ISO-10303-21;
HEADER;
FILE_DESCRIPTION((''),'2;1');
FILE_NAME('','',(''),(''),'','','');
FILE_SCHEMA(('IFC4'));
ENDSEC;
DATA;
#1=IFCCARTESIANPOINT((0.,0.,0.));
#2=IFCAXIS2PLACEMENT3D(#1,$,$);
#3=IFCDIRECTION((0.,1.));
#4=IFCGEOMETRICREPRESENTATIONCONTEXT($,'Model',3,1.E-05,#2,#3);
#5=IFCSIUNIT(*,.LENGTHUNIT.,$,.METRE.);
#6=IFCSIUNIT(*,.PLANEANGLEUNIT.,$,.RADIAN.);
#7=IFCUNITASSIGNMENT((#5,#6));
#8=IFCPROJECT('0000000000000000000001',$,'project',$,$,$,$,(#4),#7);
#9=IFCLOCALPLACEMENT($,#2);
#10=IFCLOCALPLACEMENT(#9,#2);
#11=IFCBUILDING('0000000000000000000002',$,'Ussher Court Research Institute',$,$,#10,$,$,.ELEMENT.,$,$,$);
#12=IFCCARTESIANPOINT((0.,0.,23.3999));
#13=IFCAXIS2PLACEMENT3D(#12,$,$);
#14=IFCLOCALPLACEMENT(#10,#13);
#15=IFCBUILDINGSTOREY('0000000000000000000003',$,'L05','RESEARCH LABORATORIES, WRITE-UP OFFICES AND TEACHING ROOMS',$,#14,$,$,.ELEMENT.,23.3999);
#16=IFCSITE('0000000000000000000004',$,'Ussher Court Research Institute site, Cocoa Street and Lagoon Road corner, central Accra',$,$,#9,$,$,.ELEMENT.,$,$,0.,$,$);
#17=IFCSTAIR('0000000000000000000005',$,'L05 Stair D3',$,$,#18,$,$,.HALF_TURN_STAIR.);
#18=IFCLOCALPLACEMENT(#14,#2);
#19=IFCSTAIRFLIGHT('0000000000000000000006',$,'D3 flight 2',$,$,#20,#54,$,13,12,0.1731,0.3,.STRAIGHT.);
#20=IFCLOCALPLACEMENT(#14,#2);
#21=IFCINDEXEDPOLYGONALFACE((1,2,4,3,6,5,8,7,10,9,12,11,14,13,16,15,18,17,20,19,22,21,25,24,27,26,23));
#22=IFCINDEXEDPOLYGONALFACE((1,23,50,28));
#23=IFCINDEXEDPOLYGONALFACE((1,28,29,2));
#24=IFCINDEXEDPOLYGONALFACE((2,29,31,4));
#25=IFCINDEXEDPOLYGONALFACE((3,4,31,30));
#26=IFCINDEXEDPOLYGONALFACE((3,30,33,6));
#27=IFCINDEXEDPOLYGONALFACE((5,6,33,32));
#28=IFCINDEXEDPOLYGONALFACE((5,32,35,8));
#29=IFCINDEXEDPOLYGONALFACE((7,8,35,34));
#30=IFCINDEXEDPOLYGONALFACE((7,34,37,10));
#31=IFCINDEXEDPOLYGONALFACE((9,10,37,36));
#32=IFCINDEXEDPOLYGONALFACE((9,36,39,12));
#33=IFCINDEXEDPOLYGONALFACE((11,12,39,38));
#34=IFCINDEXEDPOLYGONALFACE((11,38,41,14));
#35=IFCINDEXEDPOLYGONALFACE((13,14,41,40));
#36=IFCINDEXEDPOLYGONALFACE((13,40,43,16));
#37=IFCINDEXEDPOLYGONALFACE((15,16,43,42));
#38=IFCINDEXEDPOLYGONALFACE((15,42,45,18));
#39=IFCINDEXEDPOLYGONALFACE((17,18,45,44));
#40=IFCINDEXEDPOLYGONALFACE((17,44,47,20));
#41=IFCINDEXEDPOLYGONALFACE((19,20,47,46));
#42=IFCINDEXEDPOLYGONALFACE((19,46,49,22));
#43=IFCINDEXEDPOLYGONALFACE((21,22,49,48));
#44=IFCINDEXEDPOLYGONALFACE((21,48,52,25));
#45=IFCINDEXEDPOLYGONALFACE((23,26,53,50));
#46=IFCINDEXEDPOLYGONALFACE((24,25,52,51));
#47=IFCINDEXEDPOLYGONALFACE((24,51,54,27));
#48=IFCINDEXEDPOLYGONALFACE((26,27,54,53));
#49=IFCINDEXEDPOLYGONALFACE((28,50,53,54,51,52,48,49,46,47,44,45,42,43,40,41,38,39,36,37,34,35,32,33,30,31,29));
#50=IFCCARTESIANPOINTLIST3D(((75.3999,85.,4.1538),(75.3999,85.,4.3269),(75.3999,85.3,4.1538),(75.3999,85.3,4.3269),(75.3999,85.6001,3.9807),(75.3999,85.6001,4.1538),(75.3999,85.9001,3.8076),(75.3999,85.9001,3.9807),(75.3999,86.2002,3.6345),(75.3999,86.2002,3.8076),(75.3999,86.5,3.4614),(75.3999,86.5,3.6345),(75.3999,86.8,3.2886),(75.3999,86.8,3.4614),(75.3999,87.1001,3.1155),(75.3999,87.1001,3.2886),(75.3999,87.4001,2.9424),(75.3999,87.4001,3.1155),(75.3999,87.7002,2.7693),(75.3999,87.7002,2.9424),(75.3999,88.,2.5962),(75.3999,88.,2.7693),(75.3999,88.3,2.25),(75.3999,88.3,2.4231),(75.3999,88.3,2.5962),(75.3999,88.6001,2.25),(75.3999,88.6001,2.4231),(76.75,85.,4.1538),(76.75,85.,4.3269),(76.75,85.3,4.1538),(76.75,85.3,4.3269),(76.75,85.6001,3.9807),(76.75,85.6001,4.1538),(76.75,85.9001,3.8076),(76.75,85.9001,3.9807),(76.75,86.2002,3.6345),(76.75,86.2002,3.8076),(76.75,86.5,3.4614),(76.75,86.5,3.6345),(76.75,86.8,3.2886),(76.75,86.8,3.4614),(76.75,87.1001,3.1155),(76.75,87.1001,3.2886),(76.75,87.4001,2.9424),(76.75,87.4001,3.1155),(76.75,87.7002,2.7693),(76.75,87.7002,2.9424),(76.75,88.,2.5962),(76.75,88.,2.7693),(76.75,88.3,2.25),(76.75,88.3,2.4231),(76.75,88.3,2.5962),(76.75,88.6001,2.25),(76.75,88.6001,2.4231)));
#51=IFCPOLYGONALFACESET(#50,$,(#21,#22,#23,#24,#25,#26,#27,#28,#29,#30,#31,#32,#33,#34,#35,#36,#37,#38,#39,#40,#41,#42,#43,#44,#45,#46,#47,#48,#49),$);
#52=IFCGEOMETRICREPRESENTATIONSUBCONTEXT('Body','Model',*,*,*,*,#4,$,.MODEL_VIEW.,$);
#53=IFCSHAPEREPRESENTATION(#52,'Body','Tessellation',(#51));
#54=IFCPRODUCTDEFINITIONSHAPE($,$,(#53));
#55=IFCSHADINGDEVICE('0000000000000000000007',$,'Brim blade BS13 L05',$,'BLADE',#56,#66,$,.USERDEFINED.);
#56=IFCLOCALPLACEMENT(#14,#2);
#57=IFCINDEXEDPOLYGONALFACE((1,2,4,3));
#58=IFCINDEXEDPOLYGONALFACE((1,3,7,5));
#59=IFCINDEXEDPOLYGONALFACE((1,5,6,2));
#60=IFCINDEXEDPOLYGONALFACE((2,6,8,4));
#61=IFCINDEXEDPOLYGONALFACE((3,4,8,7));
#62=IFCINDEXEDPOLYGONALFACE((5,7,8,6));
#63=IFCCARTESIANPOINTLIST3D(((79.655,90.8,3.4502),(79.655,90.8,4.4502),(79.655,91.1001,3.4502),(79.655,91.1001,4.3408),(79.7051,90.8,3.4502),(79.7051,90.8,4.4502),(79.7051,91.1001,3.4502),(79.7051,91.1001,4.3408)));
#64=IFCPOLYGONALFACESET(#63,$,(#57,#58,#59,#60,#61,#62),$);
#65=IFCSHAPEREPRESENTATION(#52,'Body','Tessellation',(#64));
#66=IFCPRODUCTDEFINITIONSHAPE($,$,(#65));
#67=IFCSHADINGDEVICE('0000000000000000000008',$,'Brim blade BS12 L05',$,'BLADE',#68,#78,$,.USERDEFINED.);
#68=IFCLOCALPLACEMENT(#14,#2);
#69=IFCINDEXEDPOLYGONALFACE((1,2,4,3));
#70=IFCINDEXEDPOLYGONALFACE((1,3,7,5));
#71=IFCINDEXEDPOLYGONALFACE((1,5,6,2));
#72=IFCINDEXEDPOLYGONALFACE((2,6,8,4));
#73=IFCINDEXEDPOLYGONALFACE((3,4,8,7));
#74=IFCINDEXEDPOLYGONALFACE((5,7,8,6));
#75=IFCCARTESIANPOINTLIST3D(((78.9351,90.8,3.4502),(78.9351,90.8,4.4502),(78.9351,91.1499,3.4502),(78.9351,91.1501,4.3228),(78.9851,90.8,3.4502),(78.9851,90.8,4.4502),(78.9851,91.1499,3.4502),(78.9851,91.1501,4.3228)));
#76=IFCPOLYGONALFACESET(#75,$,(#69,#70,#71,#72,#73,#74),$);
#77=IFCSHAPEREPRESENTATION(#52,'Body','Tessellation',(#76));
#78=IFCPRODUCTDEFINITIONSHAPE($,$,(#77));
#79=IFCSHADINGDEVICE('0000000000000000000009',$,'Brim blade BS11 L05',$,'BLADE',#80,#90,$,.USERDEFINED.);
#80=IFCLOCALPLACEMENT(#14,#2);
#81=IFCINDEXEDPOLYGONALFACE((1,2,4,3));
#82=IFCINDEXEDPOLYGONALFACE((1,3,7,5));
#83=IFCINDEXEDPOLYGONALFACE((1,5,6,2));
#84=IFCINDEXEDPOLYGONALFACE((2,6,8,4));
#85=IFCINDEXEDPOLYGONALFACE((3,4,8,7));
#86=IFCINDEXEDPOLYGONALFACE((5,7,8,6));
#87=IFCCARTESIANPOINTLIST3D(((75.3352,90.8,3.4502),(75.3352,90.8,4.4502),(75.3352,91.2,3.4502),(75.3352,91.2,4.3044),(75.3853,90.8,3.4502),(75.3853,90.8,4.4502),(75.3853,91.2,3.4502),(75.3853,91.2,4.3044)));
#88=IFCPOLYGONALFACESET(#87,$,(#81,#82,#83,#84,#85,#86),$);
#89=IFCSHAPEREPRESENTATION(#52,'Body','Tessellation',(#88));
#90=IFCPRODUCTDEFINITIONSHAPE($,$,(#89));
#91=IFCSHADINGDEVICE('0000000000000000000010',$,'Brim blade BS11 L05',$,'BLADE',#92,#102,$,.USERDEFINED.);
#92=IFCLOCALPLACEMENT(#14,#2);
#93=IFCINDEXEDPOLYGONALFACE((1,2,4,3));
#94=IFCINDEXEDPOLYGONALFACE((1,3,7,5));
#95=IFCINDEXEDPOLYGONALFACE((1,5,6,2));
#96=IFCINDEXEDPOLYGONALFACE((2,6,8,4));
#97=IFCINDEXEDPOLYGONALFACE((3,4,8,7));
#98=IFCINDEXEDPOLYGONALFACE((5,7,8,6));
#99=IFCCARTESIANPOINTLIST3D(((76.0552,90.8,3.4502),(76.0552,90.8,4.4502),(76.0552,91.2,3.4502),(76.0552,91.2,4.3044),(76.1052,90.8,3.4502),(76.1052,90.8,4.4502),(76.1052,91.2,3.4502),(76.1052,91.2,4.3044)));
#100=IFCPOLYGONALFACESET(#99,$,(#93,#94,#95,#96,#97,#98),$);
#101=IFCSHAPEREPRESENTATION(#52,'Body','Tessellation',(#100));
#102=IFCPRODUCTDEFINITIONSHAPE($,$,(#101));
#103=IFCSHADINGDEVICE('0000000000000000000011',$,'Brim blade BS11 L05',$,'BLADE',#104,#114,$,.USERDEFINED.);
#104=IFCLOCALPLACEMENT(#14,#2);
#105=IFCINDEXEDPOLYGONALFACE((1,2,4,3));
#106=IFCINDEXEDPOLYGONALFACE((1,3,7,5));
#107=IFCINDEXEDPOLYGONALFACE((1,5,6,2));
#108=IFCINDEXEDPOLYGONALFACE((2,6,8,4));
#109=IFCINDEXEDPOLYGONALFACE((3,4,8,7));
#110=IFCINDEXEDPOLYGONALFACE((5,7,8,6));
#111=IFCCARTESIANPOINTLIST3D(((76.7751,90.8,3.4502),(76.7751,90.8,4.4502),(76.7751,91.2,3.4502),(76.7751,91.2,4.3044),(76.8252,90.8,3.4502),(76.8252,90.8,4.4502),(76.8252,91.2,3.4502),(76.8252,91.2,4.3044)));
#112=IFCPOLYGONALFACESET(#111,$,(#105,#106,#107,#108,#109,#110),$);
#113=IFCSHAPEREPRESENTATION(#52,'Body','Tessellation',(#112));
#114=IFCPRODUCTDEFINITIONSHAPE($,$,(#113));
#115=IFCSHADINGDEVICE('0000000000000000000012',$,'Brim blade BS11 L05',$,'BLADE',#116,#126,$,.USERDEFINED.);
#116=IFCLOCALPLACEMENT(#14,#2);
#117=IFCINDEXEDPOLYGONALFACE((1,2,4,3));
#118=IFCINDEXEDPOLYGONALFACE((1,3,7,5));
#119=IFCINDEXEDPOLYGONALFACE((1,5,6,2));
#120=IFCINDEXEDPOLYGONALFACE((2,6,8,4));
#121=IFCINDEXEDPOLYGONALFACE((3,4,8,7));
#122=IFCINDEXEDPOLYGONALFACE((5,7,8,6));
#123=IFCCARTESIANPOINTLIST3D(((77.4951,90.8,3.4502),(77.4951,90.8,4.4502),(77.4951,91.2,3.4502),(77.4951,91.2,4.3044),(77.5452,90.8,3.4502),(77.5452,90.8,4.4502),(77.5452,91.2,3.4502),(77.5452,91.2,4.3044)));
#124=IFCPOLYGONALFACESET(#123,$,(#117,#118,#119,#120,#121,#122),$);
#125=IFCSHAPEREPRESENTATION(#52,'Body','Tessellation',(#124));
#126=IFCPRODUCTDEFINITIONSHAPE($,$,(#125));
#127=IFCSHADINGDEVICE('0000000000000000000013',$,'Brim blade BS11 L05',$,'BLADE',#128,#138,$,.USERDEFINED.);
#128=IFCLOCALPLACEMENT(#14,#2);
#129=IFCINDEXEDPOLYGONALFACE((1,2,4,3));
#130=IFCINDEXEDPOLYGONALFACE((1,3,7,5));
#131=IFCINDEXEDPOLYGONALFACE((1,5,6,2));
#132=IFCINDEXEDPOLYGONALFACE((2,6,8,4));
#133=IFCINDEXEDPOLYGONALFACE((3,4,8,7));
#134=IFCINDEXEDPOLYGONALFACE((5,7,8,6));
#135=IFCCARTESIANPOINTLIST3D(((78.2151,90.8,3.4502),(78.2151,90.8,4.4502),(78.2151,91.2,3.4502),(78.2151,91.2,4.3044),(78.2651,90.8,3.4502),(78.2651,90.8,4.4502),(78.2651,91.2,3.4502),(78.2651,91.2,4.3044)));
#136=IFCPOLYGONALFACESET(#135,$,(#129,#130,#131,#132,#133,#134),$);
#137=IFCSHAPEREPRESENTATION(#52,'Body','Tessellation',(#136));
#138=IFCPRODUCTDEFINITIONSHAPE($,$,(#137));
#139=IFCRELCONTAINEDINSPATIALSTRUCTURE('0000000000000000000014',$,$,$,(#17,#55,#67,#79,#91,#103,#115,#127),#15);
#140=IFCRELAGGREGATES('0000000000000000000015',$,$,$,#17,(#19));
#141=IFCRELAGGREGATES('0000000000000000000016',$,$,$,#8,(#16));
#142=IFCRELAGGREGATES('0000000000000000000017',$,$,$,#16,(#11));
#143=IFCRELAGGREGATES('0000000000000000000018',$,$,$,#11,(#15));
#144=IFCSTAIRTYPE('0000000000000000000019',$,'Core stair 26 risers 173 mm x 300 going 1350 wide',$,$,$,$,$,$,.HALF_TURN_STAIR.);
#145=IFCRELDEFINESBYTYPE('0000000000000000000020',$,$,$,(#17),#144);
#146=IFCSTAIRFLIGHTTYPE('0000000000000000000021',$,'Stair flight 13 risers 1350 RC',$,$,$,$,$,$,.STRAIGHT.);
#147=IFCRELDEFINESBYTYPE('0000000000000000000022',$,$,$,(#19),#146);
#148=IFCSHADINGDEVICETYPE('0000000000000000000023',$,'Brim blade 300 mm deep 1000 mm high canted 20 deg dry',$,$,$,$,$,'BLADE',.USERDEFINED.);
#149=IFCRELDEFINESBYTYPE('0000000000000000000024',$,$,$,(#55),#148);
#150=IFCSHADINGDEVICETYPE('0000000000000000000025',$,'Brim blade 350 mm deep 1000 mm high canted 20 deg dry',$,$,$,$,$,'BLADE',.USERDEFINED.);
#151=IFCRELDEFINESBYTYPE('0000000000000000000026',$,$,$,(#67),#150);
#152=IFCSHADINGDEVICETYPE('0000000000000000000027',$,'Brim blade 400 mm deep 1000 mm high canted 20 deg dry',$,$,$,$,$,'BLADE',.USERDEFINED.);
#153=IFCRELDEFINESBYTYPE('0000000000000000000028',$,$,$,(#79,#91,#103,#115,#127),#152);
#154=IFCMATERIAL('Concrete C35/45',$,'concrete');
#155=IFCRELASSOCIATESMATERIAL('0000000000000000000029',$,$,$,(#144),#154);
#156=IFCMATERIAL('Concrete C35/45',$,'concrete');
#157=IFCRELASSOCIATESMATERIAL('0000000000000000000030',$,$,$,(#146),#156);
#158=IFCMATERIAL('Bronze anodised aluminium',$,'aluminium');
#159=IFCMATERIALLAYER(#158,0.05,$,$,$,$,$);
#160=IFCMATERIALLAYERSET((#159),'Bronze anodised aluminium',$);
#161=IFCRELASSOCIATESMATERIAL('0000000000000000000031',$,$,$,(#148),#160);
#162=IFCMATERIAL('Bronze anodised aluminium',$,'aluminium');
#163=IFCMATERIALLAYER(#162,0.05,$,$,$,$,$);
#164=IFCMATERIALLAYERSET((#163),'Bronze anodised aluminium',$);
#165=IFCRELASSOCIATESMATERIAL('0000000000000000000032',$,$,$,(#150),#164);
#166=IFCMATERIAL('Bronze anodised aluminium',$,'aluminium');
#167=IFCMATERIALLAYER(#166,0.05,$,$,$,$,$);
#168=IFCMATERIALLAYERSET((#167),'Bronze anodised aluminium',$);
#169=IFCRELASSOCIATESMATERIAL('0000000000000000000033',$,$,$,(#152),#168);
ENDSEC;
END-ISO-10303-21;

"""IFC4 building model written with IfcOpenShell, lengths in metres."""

from ifc_helpers import new_model, si_unit, direction, frame, origin, place, context, subcontext, project, spatial, polyline, outline, extrude, material, layer, layer_set, type_object, element, aggregate, save


model = new_model("IFC4")

# Units and contexts
model_context = context("Model", 3, precision=1e-05, world=origin(), true_north=direction((0.0, 1.0)))
body_context = subcontext(model_context, "Body", "Model", "MODEL_VIEW")
ifc_project = project(units=[si_unit("LENGTHUNIT", "METRE"), si_unit("PLANEANGLEUNIT", "RADIAN")], contexts=[model_context])

# Site, building, storey
site_placement = place(None, origin())
site = spatial("IfcSite", under=ifc_project, at=site_placement, Name="Ussher Court Research Institute site, Cocoa Street and Lagoon Road corner, central Accra", CompositionType="ELEMENT", RefElevation=0.0)
building_placement = place(site_placement, origin())
building = spatial("IfcBuilding", under=site, at=building_placement, Name="Ussher Court Research Institute", CompositionType="ELEMENT")
storey_placement = place(building_placement, frame((0.0, 0.0, 23.3999)))
storey = spatial("IfcBuildingStorey", under=building, at=storey_placement, Name="L05", Description="RESEARCH LABORATORIES, WRITE-UP OFFICES AND TEACHING ROOMS", CompositionType="ELEMENT", Elevation=23.3999)

# Stair, stair flight
ifc_material_1 = material(Name="Concrete C35/45", Category="concrete")
stair_type = type_object("IfcStairType", Name="Core stair 26 risers 173 mm x 300 going 1350 wide", PredefinedType="HALF_TURN_STAIR", material=ifc_material_1)
stair_placement = place(storey_placement, origin())
stair = element("IfcStair", 1, at=stair_placement, inside=storey, type_object=stair_type, Name="L05 Stair D3", PredefinedType="HALF_TURN_STAIR")
ifc_material_2 = material(Name="Concrete C35/45", Category="concrete")
stair_flight_type = type_object("IfcStairFlightType", Name="Stair flight 13 risers 1350 RC", PredefinedType="STRAIGHT", material=ifc_material_2)
stair_flight_1_placement = place(storey_placement, frame((76.075, 88.6001, 2.25), z_axis=(0.0, 0.0, 1.0), x_axis=(0.0, -1.0, 0.0)))
stair_flight_1 = element("IfcStairFlight", 2, at=stair_flight_1_placement, type_object=stair_flight_type, Name="D3 flight 2", NumberOfRisers=13, NumberOfTreads=12, PredefinedType="STRAIGHT", RiserHeight=0.1731, TreadLength=0.3, context=body_context, shape_type="SweptSolid", body=[
    extrude(outline(polyline([(0.0, 0.0), (0.0, 0.1731), (0.3, 0.1731), (0.3, 0.3462), (0.6001, 0.3462), (0.6001, 0.5193), (0.8999, 0.5193), (0.8999, 0.6924), (1.2, 0.6924), (1.2, 0.8655), (1.5, 0.8655), (1.5, 1.0386), (1.8, 1.0386), (1.8, 1.2114), (2.1001, 1.2114), (2.1001, 1.3845), (2.3999, 1.3845), (2.3999, 1.5576), (2.7, 1.5576), (2.7, 1.7307), (3.0, 1.7307), (3.0, 1.9038), (3.3, 1.9038), (3.3, 2.0769), (3.6001, 2.0769), (3.6001, 2.25), (3.6001, 1.9038), (0.3, 0.0), (0.0, 0.0)])), frame((0.0, 0.675, 0.0), z_axis=(0.0, -1.0, 0.0), x_axis=(1.0, 0.0, 0.0)), (0.0, 0.0, 1.0), 1.3501),
])
aggregate(stair, [stair_flight_1])

# Shading devices
ifc_material_3 = material(Name="Bronze anodised aluminium", Category="aluminium")
ifc_layer_1 = layer(ifc_material_3, 0.05)
ifc_layer_set_1 = layer_set([ifc_layer_1], Name="Bronze anodised aluminium")
shading_device_type_1 = type_object("IfcShadingDeviceType", Name="Brim blade 300 mm deep 1000 mm high canted 20 deg dry", ElementType="BLADE", PredefinedType="USERDEFINED", material=ifc_layer_set_1)
shading_device_1_placement = place(storey_placement, frame((79.6799, 90.8, 3.4502), z_axis=(0.0, 0.0, 1.0), x_axis=(0.0, 1.0, 0.0)))
element("IfcShadingDevice", 3, at=shading_device_1_placement, inside=storey, type_object=shading_device_type_1, Name="Brim blade BS13 L05", ObjectType="BLADE", PredefinedType="USERDEFINED", context=body_context, shape_type="SweptSolid", body=[
    extrude(outline(polyline([(0.0, 0.0), (0.3, 0.0), (0.3, 0.8906), (0.0, 1.0), (0.0, 0.0)])), frame((0.0, 0.0249, 0.0), z_axis=(0.0, -1.0, 0.0), x_axis=(1.0, 0.0, 0.0)), (0.0, 0.0, 1.0), 0.05),
])
ifc_material_4 = material(Name="Bronze anodised aluminium", Category="aluminium")
ifc_layer_2 = layer(ifc_material_4, 0.05)
ifc_layer_set_2 = layer_set([ifc_layer_2], Name="Bronze anodised aluminium")
shading_device_type_2 = type_object("IfcShadingDeviceType", Name="Brim blade 350 mm deep 1000 mm high canted 20 deg dry", ElementType="BLADE", PredefinedType="USERDEFINED", material=ifc_layer_set_2)
shading_device_2_placement = place(storey_placement, frame((78.96, 90.8, 3.4502), z_axis=(0.0, 0.0, 1.0), x_axis=(0.0, 1.0, 0.0)))
element("IfcShadingDevice", 4, at=shading_device_2_placement, inside=storey, type_object=shading_device_type_2, Name="Brim blade BS12 L05", ObjectType="BLADE", PredefinedType="USERDEFINED", context=body_context, shape_type="SweptSolid", body=[
    extrude(outline(polyline([(0.0, 0.0), (0.3499, 0.0), (0.3501, 0.8726), (0.0, 1.0), (0.0, 0.0)])), frame((0.0, 0.0249, 0.0), z_axis=(0.0, -1.0, 0.0), x_axis=(1.0, 0.0, 0.0)), (0.0, 0.0, 1.0), 0.05),
])
ifc_material_5 = material(Name="Bronze anodised aluminium", Category="aluminium")
ifc_layer_3 = layer(ifc_material_5, 0.05)
ifc_layer_set_3 = layer_set([ifc_layer_3], Name="Bronze anodised aluminium")
shading_device_type_3 = type_object("IfcShadingDeviceType", Name="Brim blade 400 mm deep 1000 mm high canted 20 deg dry", ElementType="BLADE", PredefinedType="USERDEFINED", material=ifc_layer_set_3)
for number, where, z_axis, x_axis, name in (
    (5, (75.3601, 90.8, 3.4502), (0.0, 0.0, 1.0), (0.0, 1.0, 0.0), "Brim blade BS11 L05"),
    (6, (76.0801, 90.8, 3.4502), (0.0, 0.0, 1.0), (0.0, 1.0, 0.0), "Brim blade BS11 L05"),
    (7, (76.8, 90.8, 3.4502), (0.0, 0.0, 1.0), (0.0, 1.0, 0.0), "Brim blade BS11 L05"),
    (8, (77.52, 90.8, 3.4502), (0.0, 0.0, 1.0), (0.0, 1.0, 0.0), "Brim blade BS11 L05"),
    (9, (78.24, 90.8, 3.4502), (0.0, 0.0, 1.0), (0.0, 1.0, 0.0), "Brim blade BS11 L05"),
):
    element("IfcShadingDevice", number, at=place(storey_placement, frame(where, z_axis=z_axis, x_axis=x_axis)), inside=storey, type_object=shading_device_type_3, Name=name, ObjectType="BLADE", PredefinedType="USERDEFINED", context=body_context, shape_type="SweptSolid", body=[
        extrude(outline(polyline([(0.0, 0.0), (0.3999, 0.0), (0.3999, 0.8542), (0.0, 1.0), (0.0, 0.0)])), frame((0.0, 0.0249, 0.0), z_axis=(0.0, -1.0, 0.0), x_axis=(1.0, 0.0, 0.0)), (0.0, 0.0, 1.0), 0.05),
    ])

save(model, "model.ifc")
